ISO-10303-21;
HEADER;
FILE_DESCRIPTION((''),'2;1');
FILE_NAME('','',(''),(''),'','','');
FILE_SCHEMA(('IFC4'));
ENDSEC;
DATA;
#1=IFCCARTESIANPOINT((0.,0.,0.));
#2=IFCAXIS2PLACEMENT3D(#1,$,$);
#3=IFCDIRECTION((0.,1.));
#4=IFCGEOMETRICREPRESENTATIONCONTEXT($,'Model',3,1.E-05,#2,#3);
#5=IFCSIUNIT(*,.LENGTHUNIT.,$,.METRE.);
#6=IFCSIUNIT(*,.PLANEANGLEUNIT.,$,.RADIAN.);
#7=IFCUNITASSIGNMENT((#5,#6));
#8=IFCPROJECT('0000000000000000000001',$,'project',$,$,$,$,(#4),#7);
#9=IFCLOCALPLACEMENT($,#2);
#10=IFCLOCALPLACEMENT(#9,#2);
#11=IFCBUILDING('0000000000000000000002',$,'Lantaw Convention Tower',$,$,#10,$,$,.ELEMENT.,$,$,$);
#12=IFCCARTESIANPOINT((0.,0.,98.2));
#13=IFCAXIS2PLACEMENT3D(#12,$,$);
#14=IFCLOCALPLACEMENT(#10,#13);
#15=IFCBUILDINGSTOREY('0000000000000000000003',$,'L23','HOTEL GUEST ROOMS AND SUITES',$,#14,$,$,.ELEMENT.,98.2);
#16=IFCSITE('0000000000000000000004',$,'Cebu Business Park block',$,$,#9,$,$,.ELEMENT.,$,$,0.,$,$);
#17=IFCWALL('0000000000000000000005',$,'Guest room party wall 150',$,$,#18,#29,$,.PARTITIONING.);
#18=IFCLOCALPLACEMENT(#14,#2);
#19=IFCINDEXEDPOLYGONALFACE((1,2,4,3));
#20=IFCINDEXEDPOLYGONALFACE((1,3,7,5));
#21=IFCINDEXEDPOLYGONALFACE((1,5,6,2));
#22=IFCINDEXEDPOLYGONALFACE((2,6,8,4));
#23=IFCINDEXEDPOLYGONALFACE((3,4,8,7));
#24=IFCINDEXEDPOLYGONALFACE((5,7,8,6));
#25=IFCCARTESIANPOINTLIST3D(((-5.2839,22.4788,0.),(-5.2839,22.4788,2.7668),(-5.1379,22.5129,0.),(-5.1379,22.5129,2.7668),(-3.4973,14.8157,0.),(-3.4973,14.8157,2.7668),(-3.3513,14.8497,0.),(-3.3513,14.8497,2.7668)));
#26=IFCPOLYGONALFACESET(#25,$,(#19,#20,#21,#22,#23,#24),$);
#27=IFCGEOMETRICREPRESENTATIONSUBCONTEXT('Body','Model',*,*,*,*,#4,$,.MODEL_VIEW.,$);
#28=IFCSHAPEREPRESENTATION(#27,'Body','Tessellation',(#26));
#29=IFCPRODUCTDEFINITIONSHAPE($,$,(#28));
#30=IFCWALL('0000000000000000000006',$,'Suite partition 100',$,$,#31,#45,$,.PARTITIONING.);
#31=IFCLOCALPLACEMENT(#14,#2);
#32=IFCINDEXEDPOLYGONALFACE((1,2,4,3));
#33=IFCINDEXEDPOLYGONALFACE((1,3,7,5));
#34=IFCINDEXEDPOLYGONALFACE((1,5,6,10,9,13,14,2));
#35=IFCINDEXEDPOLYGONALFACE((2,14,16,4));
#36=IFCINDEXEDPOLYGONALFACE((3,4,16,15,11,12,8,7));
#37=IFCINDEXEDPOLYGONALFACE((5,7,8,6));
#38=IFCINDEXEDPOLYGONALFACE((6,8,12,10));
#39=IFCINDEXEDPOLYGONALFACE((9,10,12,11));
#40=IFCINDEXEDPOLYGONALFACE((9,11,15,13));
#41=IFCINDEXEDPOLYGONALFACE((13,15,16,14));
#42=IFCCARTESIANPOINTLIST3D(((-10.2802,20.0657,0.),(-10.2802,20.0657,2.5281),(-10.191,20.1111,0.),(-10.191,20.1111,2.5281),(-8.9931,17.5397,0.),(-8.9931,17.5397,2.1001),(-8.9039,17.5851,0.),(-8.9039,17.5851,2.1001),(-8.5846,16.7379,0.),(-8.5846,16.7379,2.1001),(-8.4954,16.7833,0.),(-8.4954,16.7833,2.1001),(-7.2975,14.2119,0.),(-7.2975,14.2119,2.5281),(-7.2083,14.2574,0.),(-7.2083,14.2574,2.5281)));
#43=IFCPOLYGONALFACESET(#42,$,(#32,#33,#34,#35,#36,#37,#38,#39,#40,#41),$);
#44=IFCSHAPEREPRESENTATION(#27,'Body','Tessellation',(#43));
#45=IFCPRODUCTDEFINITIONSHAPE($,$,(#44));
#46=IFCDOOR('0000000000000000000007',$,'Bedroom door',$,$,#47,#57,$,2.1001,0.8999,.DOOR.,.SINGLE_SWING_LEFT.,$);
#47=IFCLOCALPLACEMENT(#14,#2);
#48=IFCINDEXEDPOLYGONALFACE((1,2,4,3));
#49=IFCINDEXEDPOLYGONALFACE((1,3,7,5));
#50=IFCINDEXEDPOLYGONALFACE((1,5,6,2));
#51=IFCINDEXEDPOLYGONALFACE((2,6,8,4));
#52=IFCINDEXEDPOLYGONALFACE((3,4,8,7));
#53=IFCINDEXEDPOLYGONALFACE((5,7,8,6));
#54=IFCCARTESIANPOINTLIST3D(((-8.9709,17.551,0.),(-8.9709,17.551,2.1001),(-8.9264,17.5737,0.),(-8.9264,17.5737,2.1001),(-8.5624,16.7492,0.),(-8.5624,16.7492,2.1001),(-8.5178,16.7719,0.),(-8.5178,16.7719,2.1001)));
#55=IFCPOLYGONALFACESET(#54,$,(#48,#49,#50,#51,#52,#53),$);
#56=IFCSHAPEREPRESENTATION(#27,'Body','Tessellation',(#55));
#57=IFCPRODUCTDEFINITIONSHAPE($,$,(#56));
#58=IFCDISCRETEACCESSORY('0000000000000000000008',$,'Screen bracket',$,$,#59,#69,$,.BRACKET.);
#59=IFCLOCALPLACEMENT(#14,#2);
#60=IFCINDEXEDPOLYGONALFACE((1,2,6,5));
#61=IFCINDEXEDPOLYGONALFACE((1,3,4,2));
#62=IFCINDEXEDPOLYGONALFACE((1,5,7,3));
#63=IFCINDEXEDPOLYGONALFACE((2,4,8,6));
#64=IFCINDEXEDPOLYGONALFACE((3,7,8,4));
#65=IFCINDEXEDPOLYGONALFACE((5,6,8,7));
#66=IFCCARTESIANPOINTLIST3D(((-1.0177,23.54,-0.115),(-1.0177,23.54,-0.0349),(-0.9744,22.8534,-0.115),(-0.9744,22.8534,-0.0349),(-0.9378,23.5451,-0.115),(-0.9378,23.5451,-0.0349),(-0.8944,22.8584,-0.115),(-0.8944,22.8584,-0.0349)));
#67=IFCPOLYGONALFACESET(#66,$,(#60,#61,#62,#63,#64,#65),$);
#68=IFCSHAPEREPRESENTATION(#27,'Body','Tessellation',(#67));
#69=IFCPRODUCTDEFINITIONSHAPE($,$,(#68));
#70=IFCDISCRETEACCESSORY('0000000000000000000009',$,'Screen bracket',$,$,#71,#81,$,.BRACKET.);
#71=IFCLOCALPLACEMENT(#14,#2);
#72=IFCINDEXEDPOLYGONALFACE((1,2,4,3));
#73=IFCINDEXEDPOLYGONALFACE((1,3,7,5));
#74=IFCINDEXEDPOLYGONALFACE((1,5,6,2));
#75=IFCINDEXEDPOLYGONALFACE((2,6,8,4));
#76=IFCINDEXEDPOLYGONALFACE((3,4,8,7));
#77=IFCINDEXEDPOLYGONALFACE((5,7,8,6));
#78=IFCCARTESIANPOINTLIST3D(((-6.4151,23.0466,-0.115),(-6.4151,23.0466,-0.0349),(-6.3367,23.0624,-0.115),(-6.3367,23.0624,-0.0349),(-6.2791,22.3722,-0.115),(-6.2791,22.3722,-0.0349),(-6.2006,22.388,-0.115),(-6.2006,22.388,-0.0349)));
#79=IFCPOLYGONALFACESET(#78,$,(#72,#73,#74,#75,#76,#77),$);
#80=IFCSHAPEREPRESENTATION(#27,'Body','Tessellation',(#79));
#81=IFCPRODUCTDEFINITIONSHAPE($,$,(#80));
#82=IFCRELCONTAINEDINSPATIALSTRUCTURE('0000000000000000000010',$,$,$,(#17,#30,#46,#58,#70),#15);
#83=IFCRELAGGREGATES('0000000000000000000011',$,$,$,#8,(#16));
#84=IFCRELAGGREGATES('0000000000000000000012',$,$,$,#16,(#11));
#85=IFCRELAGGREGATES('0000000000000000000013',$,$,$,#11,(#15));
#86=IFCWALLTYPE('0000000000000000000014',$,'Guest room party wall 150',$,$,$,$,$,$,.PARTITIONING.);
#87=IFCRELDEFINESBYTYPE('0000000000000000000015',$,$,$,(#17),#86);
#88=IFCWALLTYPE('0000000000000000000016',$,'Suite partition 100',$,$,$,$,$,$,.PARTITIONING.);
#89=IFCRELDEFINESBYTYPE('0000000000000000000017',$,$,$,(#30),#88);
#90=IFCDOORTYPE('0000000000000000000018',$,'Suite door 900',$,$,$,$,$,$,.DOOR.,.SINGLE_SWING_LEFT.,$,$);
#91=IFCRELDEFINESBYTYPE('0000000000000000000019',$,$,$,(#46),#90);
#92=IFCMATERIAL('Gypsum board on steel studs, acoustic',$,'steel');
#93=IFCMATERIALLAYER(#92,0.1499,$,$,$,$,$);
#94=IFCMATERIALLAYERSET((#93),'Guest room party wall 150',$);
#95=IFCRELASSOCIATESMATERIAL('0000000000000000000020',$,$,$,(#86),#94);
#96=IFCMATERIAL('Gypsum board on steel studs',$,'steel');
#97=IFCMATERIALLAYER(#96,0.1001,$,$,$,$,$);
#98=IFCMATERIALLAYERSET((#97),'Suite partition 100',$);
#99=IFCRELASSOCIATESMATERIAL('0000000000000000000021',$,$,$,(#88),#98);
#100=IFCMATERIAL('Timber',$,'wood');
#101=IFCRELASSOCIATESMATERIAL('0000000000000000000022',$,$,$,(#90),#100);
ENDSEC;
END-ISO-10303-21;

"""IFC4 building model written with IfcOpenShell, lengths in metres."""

from ifc_helpers import new_model, si_unit, direction, frame, frame_2d, origin, origin_2d, place, context, subcontext, project, spatial, rectangle, extrude, material, layer, layer_set, type_object, element, fill, save


model = new_model("IFC4")

# Units and contexts
model_context = context("Model", 3, precision=1e-05, world=origin(), true_north=direction((0.0, 1.0)))
body_context = subcontext(model_context, "Body", "Model", "MODEL_VIEW")
ifc_project = project(units=[si_unit("LENGTHUNIT", "METRE"), si_unit("PLANEANGLEUNIT", "RADIAN")], contexts=[model_context])

# Site, building, storey
site_placement = place(None, origin())
site = spatial("IfcSite", under=ifc_project, at=site_placement, Name="Cebu Business Park block", CompositionType="ELEMENT", RefElevation=0.0)
building_placement = place(site_placement, origin())
building = spatial("IfcBuilding", under=site, at=building_placement, Name="Lantaw Convention Tower", CompositionType="ELEMENT")
storey_placement = place(building_placement, frame((0.0, 0.0, 98.2)))
storey = spatial("IfcBuildingStorey", under=building, at=storey_placement, Name="L23", Description="HOTEL GUEST ROOMS AND SUITES", CompositionType="ELEMENT", Elevation=98.2)

# Wall
ifc_material_1 = material(Name="Gypsum board on steel studs, acoustic", Category="steel")
ifc_layer_1 = layer(ifc_material_1, 0.1499)
ifc_layer_set_1 = layer_set([ifc_layer_1], Name="Guest room party wall 150")
wall_type_1 = type_object("IfcWallType", Name="Guest room party wall 150", PredefinedType="PARTITIONING", material=ifc_layer_set_1)
wall_1_placement = place(storey_placement, frame((-5.2109, 22.4958, 0.0), z_axis=(0.0, 0.0, 1.0), x_axis=(0.227057, -0.973881, 0.0)))
element("IfcWall", 1, at=wall_1_placement, inside=storey, type_object=wall_type_1, Name="Guest room party wall 150", PredefinedType="PARTITIONING", context=body_context, shape_type="SweptSolid", body=[
    extrude(rectangle(XDim=7.8687, YDim=0.1499, at=frame_2d((3.9343, 0.0))), origin(), (0.0, 0.0, 1.0), 2.7668),
])

# Wall, opening, door
ifc_material_2 = material(Name="Gypsum board on steel studs", Category="steel")
ifc_layer_2 = layer(ifc_material_2, 0.1001)
ifc_layer_set_2 = layer_set([ifc_layer_2], Name="Suite partition 100")
wall_type_2 = type_object("IfcWallType", Name="Suite partition 100", PredefinedType="PARTITIONING", material=ifc_layer_set_2)
wall_2_placement = place(storey_placement, frame((-10.2356, 20.0884, 0.0), z_axis=(0.0, 0.0, 1.0), x_axis=(0.453994, -0.891005, 0.0)))
wall_2 = element("IfcWall", 2, at=wall_2_placement, inside=storey, type_object=wall_type_2, Name="Suite partition 100", PredefinedType="PARTITIONING", context=body_context, shape_type="SweptSolid", body=[
    extrude(rectangle(XDim=6.5698, YDim=0.1001, at=frame_2d((3.2849, 0.0))), origin(), (0.0, 0.0, 1.0), 2.5281),
])
opening_1_placement = place(wall_2_placement, frame((2.835, 0.0, 0.0)))
opening_1 = element("IfcOpeningElement", 3, at=opening_1_placement, cuts=wall_2, PredefinedType="OPENING", context=body_context, shape_type="SweptSolid", body=[
    extrude(rectangle(XDim=0.8999, YDim=2.1001, at=frame_2d((0.45, 1.05))), frame((0.0, 0.0601, 0.0), z_axis=(0.0, -1.0, 0.0), x_axis=(1.0, 0.0, 0.0)), (0.0, 0.0, 1.0), 0.1201),
])
ifc_material_3 = material(Name="Timber", Category="wood")
door_type = type_object("IfcDoorType", Name="Suite door 900", OperationType="SINGLE_SWING_LEFT", PredefinedType="DOOR", material=ifc_material_3)
door_placement = place(opening_1_placement, origin())
door = element("IfcDoor", 4, at=door_placement, inside=storey, type_object=door_type, Name="Bedroom door", OperationType="SINGLE_SWING_LEFT", OverallHeight=2.1001, OverallWidth=0.8999, PredefinedType="DOOR", context=body_context, shape_type="SweptSolid", body=[
    extrude(rectangle(XDim=0.8999, YDim=2.1001, at=frame_2d((0.45, 1.05))), frame((0.0, 0.0249, 0.0), z_axis=(0.0, -1.0, 0.0), x_axis=(1.0, 0.0, 0.0)), (0.0, 0.0, 1.0), 0.05),
])
fill(opening_1, door)

# Discrete accessories
for number, where, z_axis, x_axis, name in (
    (5, (-0.9561, 23.1992, -0.115), (0.0, 0.0, 1.0), (-0.998016, -0.062958, 0.0), "Screen bracket"),
    (6, (-6.3079, 22.7173, -0.115), (0.0, 0.0, 1.0), (-0.980245, -0.197789, 0.0), "Screen bracket"),
):
    element("IfcDiscreteAccessory", number, at=place(storey_placement, frame(where, z_axis=z_axis, x_axis=x_axis)), inside=storey, Name=name, PredefinedType="BRACKET", context=body_context, shape_type="SweptSolid", body=[
        extrude(rectangle(XDim=0.0801, YDim=0.688, at=origin_2d()), origin(), (0.0, 0.0, 1.0), 0.0801),
    ])

save(model, "model.ifc")
